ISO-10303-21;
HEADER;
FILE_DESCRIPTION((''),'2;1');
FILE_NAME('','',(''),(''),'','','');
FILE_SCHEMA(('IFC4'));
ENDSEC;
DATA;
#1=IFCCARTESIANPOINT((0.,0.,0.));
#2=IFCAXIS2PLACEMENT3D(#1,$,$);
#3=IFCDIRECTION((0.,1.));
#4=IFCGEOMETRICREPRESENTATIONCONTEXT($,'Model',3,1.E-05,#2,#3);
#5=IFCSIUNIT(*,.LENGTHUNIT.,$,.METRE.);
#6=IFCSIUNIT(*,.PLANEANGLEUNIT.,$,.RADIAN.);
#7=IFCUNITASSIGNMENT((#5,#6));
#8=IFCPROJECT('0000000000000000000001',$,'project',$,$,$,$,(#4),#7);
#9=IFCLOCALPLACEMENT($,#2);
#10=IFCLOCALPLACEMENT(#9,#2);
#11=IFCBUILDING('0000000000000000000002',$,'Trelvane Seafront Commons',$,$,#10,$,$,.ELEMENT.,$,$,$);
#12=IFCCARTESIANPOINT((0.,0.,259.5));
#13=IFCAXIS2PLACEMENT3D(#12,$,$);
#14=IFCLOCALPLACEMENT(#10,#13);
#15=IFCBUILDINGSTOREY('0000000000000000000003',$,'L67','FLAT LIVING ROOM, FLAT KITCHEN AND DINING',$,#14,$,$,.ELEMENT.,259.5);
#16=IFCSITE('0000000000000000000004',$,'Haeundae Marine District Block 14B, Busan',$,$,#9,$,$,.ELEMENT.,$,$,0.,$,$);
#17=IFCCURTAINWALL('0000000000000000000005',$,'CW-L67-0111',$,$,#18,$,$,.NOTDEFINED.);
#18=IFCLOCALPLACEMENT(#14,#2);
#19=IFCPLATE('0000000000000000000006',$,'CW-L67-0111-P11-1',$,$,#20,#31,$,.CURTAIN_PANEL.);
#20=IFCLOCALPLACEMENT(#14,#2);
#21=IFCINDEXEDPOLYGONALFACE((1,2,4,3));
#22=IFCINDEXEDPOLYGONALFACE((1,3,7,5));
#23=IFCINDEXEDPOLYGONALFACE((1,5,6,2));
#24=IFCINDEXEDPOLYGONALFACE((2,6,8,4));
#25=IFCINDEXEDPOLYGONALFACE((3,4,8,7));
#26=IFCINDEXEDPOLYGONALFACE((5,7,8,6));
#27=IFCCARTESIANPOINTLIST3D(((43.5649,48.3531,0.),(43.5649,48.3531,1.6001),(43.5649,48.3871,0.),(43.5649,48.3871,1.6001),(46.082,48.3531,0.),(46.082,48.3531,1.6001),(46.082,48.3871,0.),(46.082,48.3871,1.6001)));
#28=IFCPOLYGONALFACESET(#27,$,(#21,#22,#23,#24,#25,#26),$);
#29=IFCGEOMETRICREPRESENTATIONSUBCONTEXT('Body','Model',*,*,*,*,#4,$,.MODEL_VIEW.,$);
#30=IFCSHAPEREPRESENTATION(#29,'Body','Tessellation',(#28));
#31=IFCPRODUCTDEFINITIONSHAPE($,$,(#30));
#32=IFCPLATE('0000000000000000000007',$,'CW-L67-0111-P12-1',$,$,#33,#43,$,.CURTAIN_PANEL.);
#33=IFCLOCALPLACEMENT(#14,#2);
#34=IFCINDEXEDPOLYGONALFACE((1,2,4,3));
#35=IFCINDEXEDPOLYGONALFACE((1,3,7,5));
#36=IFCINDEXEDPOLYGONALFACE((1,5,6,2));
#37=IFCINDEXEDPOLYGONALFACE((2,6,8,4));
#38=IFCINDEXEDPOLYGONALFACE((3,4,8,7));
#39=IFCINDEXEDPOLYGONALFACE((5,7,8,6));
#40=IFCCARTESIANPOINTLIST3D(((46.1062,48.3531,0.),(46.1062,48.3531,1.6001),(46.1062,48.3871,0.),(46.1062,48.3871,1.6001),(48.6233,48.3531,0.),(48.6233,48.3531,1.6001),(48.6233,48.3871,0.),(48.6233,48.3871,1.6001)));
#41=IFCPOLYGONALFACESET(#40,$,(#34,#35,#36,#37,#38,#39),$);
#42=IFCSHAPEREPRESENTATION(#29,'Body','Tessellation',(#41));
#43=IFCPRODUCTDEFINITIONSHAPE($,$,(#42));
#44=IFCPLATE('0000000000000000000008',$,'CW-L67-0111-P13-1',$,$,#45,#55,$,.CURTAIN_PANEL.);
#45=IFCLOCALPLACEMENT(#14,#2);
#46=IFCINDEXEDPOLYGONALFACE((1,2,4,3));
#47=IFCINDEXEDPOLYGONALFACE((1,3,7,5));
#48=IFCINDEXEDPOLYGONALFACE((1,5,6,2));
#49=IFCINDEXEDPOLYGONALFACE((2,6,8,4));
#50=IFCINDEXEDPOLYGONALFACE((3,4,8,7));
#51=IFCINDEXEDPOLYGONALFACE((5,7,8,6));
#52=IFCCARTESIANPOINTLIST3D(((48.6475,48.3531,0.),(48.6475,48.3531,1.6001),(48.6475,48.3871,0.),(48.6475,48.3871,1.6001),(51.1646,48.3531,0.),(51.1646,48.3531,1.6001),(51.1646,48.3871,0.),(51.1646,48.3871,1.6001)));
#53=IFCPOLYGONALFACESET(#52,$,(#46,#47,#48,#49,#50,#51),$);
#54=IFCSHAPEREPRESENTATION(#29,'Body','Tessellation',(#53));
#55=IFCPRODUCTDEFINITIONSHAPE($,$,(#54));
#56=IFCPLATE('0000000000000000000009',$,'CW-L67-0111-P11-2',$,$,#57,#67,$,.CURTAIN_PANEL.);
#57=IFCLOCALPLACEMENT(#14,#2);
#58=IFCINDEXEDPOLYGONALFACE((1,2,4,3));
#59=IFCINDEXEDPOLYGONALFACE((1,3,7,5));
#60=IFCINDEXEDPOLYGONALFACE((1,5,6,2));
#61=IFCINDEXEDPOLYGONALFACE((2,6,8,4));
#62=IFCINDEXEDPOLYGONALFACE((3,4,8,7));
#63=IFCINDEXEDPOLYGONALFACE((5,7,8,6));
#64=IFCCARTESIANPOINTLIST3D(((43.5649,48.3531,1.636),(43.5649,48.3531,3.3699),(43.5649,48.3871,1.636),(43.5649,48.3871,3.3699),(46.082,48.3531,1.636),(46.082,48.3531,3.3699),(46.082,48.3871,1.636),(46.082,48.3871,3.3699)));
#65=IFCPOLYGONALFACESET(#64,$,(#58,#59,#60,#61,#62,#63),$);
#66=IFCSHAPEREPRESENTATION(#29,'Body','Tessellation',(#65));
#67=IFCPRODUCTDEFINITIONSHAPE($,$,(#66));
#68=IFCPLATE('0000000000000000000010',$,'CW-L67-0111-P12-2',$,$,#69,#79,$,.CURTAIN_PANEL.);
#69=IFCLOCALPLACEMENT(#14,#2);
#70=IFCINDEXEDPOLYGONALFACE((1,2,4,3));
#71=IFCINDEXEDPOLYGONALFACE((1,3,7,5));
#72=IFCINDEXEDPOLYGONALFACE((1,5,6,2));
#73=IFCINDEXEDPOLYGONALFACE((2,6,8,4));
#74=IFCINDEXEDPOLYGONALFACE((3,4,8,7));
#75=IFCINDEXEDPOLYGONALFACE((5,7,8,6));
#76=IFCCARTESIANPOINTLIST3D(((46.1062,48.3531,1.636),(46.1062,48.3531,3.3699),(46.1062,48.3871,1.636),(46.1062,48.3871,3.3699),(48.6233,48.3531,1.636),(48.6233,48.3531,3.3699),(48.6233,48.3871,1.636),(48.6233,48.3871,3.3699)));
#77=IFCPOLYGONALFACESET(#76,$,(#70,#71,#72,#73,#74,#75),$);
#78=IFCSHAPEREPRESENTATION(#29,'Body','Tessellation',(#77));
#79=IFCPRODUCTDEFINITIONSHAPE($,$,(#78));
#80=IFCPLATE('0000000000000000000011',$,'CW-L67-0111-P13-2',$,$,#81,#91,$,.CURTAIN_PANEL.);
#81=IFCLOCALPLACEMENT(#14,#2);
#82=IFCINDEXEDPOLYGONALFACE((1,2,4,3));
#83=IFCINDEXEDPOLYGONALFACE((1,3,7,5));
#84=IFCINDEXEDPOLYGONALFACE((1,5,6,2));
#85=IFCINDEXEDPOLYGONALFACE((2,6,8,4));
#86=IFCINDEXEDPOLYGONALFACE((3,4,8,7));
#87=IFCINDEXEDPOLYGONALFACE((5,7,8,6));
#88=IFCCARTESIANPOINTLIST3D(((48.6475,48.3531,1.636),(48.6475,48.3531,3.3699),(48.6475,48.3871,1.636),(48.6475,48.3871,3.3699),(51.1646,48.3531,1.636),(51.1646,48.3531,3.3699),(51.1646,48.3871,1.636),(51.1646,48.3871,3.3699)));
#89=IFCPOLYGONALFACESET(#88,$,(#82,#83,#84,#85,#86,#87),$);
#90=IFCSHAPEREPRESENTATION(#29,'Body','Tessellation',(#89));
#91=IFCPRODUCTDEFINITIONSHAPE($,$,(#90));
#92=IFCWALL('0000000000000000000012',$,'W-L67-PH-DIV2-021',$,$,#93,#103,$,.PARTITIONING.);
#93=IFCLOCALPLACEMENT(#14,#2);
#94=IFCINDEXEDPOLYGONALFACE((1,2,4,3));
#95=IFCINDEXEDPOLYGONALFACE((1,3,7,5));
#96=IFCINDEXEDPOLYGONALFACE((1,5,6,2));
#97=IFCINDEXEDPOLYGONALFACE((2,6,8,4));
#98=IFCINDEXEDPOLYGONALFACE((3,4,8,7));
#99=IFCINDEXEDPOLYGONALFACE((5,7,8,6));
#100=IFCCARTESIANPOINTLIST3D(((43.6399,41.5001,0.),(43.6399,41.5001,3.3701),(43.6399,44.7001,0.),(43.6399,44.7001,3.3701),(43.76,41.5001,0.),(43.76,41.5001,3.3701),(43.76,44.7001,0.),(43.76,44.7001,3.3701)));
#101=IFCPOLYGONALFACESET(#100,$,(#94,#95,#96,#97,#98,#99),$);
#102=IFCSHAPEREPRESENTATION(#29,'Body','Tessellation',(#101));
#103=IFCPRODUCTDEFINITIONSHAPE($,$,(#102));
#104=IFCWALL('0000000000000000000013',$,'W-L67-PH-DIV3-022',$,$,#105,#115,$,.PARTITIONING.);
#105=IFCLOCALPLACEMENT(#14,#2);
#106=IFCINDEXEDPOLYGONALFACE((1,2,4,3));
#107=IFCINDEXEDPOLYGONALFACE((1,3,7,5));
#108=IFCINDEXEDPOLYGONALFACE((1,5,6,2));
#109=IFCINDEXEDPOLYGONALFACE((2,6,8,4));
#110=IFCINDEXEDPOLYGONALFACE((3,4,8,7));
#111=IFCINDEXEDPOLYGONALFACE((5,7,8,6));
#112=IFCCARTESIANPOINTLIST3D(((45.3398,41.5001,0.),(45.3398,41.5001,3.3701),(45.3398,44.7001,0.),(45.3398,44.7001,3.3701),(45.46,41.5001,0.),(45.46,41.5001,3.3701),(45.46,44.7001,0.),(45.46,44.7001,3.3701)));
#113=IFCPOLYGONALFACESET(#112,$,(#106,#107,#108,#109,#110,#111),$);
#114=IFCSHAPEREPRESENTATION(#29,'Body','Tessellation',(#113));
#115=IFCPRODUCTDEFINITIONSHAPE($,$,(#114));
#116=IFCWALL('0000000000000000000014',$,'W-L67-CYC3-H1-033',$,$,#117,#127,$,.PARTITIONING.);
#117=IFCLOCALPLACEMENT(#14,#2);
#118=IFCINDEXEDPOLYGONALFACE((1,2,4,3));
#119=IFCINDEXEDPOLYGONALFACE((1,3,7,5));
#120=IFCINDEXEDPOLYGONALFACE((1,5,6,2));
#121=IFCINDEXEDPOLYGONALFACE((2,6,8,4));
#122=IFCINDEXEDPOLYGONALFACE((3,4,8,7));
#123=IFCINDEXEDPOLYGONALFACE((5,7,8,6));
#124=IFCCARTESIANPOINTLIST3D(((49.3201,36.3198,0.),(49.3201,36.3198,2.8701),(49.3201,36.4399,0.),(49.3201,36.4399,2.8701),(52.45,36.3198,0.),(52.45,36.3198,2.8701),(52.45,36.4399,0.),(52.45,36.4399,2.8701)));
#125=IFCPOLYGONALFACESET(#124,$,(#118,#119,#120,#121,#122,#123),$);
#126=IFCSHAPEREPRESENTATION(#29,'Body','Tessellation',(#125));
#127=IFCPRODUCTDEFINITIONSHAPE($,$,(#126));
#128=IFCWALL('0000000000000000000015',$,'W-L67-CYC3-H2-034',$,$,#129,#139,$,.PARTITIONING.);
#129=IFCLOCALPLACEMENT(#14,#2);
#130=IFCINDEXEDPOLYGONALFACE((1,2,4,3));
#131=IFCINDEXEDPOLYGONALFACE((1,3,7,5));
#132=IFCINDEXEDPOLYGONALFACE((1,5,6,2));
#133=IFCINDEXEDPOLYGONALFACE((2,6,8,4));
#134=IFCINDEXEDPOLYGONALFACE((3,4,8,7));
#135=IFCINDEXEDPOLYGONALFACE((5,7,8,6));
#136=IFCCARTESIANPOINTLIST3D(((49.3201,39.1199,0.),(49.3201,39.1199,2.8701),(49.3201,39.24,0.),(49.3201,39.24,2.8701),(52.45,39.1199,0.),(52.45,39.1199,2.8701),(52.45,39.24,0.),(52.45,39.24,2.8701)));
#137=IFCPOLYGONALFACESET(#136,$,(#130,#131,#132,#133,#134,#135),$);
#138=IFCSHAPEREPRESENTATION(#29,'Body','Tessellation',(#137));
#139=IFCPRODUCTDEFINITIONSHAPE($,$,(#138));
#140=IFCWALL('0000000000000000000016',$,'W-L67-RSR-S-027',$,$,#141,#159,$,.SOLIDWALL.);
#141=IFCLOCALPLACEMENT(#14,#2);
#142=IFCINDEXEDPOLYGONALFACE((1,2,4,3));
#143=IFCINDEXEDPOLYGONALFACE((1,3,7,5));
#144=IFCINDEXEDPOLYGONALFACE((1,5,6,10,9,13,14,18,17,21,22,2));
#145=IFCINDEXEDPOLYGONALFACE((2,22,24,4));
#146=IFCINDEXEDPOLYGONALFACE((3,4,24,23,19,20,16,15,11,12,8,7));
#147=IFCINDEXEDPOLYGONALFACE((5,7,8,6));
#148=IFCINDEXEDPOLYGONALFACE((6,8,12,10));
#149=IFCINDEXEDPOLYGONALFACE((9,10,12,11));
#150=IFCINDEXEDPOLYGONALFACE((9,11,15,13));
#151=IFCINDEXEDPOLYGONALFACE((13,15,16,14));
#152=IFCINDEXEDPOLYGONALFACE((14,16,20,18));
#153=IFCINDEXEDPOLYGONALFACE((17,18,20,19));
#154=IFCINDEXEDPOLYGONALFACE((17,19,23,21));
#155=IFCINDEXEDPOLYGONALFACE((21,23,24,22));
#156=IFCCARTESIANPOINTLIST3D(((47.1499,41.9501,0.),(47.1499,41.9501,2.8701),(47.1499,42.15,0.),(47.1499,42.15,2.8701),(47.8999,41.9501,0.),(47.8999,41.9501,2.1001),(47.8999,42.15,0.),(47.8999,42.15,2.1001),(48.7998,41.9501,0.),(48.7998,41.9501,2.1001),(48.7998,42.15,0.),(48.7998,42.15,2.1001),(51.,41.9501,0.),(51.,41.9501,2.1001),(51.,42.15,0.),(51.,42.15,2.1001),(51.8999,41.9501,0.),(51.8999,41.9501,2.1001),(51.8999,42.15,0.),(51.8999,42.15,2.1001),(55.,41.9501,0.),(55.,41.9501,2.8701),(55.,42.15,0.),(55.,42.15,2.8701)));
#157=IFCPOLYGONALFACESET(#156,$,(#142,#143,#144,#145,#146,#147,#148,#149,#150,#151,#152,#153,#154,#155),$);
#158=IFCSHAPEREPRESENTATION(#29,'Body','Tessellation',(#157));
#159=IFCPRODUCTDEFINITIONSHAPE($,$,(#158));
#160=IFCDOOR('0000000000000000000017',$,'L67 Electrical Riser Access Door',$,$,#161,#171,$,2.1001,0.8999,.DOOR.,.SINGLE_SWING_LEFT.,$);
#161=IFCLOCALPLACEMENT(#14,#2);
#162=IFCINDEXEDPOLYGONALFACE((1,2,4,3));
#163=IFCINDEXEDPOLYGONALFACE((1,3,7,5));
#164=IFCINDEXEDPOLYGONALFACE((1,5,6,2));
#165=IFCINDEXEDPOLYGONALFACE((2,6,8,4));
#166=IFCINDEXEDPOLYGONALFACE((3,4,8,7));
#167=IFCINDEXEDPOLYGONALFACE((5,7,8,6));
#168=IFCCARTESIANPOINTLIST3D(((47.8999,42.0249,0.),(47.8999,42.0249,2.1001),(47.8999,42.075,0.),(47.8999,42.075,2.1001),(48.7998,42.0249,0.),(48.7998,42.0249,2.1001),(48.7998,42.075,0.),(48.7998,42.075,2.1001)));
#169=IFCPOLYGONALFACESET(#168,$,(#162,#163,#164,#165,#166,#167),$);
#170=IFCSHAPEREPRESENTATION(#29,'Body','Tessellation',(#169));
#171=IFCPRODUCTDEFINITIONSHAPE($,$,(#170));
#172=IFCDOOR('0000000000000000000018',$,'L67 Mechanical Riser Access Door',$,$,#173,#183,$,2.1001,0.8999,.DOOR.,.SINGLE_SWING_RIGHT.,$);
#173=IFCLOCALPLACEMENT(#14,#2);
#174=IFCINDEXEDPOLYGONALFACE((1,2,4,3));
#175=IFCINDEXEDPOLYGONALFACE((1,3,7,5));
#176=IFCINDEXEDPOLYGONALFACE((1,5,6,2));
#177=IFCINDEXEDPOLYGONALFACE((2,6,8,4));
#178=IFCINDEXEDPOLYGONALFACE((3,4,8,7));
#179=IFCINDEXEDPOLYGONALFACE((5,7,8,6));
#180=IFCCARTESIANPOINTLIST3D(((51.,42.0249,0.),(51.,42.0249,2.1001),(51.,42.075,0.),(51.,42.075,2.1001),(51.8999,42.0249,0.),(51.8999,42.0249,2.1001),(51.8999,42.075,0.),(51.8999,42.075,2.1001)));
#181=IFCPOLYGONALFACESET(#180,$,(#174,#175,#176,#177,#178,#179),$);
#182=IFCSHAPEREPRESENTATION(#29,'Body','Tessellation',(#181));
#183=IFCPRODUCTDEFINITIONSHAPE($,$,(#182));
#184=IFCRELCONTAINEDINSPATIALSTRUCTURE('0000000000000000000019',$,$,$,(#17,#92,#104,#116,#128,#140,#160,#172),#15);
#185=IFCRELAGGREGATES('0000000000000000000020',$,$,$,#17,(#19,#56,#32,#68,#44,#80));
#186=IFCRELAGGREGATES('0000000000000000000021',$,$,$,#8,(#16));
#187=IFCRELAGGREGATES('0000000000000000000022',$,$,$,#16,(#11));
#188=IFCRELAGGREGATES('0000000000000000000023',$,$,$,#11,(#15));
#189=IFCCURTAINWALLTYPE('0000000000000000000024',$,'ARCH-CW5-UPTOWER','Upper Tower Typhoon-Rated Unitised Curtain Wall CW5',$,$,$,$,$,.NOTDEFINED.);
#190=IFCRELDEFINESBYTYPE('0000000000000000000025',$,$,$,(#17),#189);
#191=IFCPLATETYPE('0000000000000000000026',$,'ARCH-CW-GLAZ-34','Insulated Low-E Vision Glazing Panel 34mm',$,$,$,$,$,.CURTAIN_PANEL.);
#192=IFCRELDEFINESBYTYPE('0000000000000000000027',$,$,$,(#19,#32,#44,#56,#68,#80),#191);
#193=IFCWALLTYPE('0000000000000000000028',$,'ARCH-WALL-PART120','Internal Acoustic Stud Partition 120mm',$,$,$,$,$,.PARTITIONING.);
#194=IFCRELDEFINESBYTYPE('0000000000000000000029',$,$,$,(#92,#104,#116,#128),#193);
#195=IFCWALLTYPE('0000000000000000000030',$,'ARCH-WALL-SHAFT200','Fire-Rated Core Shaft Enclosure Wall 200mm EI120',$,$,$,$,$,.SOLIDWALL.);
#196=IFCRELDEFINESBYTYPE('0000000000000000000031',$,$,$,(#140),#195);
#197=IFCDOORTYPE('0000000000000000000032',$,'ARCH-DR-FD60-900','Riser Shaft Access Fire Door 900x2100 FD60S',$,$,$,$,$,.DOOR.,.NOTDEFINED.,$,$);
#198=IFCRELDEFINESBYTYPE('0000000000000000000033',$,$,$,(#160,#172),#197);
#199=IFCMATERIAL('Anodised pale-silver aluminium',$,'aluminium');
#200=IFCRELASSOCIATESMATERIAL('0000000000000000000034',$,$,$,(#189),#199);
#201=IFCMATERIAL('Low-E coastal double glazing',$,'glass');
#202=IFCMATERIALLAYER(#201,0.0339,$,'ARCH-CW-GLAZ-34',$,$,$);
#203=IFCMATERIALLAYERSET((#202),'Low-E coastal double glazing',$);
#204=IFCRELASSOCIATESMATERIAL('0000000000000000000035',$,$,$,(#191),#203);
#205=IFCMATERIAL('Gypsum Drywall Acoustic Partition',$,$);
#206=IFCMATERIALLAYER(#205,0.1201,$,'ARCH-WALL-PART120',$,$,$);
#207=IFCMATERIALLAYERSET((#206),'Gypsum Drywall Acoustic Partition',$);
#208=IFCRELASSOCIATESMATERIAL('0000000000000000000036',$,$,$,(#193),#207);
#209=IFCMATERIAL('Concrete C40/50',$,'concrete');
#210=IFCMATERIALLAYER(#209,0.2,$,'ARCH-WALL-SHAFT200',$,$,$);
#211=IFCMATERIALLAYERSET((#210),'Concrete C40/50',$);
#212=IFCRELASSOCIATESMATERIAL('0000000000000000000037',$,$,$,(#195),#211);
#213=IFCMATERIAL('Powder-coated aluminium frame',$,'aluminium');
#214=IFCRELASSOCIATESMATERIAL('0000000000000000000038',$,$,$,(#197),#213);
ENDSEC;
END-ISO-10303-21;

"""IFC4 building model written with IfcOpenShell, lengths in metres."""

from ifc_helpers import new_model, si_unit, direction, frame, frame_2d, origin, origin_2d, place, context, subcontext, project, spatial, rectangle, extrude, source, transform, mapped, material, layer, layer_set, type_object, element, fill, aggregate, save


model = new_model("IFC4")

# Units and contexts
model_context = context("Model", 3, precision=1e-05, world=origin(), true_north=direction((0.0, 1.0)))
body_context = subcontext(model_context, "Body", "Model", "MODEL_VIEW")
ifc_project = project(units=[si_unit("LENGTHUNIT", "METRE"), si_unit("PLANEANGLEUNIT", "RADIAN")], contexts=[model_context])

# Site, building, storey
site_placement = place(None, origin())
site = spatial("IfcSite", under=ifc_project, at=site_placement, Name="Haeundae Marine District Block 14B, Busan", CompositionType="ELEMENT", RefElevation=0.0)
building_placement = place(site_placement, origin())
building = spatial("IfcBuilding", under=site, at=building_placement, Name="Trelvane Seafront Commons", CompositionType="ELEMENT")
storey_placement = place(building_placement, frame((0.0, 0.0, 259.5)))
storey = spatial("IfcBuildingStorey", under=building, at=storey_placement, Name="L67", Description="FLAT LIVING ROOM, FLAT KITCHEN AND DINING", CompositionType="ELEMENT", Elevation=259.5)

# Curtain wall
ifc_material_1 = material(Name="Anodised pale-silver aluminium", Category="aluminium")
curtain_wall_type = type_object("IfcCurtainWallType", Name="ARCH-CW5-UPTOWER", Description="Upper Tower Typhoon-Rated Unitised Curtain Wall CW5", PredefinedType="NOTDEFINED", material=ifc_material_1)
curtain_wall_placement = place(storey_placement, origin())
curtain_wall = element("IfcCurtainWall", 1, at=curtain_wall_placement, inside=storey, type_object=curtain_wall_type, Name="CW-L67-0111", PredefinedType="NOTDEFINED")

# Plates
ifc_material_2 = material(Name="Low-E coastal double glazing", Category="glass")
ifc_layer_1 = layer(ifc_material_2, 0.0339, Name="ARCH-CW-GLAZ-34")
ifc_layer_set_1 = layer_set([ifc_layer_1], Name="Low-E coastal double glazing")
plate_type_1 = type_object("IfcPlateType", Name="ARCH-CW-GLAZ-34", Description="Insulated Low-E Vision Glazing Panel 34mm", PredefinedType="CURTAIN_PANEL", material=ifc_layer_set_1)
shared_shape_1 = source(origin(), body_context, "Body", "SweptSolid", [
    extrude(rectangle(XDim=2.5171, YDim=0.0339, at=origin_2d()), origin(), (0.0, 0.0, 1.0), 1.6001),
])
plate_1_placement = place(storey_placement, frame((44.8235, 48.3701, 0.0), z_axis=(0.0, 0.0, 1.0), x_axis=(1.0, 0.0, 0.0)))
plate_1 = element("IfcPlate", 2, at=plate_1_placement, type_object=plate_type_1, Name="CW-L67-0111-P11-1", PredefinedType="CURTAIN_PANEL", context=body_context, shape_type="MappedRepresentation", body=[
    mapped(shared_shape_1, transform((0.0, 0.0, 0.0), x_axis=(1.0, 0.0, 0.0), y_axis=(0.0, 1.0, 0.0), z_axis=(0.0, 0.0, 1.0), scale=1.0)),
])
plate_2_placement = place(storey_placement, frame((47.3647, 48.3701, 0.0), z_axis=(0.0, 0.0, 1.0), x_axis=(1.0, 0.0, 0.0)))
plate_2 = element("IfcPlate", 3, at=plate_2_placement, type_object=plate_type_1, Name="CW-L67-0111-P12-1", PredefinedType="CURTAIN_PANEL", context=body_context, shape_type="MappedRepresentation", body=[
    mapped(shared_shape_1, transform((0.0, 0.0, 0.0), x_axis=(1.0, 0.0, 0.0), y_axis=(0.0, 1.0, 0.0), z_axis=(0.0, 0.0, 1.0), scale=1.0)),
])
plate_3_placement = place(storey_placement, frame((49.906, 48.3701, 0.0), z_axis=(0.0, 0.0, 1.0), x_axis=(1.0, 0.0, 0.0)))
plate_3 = element("IfcPlate", 4, at=plate_3_placement, type_object=plate_type_1, Name="CW-L67-0111-P13-1", PredefinedType="CURTAIN_PANEL", context=body_context, shape_type="MappedRepresentation", body=[
    mapped(shared_shape_1, transform((0.0, 0.0, 0.0), x_axis=(1.0, 0.0, 0.0), y_axis=(0.0, 1.0, 0.0), z_axis=(0.0, 0.0, 1.0), scale=1.0)),
])
shared_shape_2 = source(origin(), body_context, "Body", "SweptSolid", [
    extrude(rectangle(XDim=2.5171, YDim=0.0339, at=origin_2d()), origin(), (0.0, 0.0, 1.0), 1.7339),
])
plate_4_placement = place(storey_placement, frame((44.8235, 48.3701, 1.636), z_axis=(0.0, 0.0, 1.0), x_axis=(1.0, 0.0, 0.0)))
plate_4 = element("IfcPlate", 5, at=plate_4_placement, type_object=plate_type_1, Name="CW-L67-0111-P11-2", PredefinedType="CURTAIN_PANEL", context=body_context, shape_type="MappedRepresentation", body=[
    mapped(shared_shape_2, transform((0.0, 0.0, 0.0), x_axis=(1.0, 0.0, 0.0), y_axis=(0.0, 1.0, 0.0), z_axis=(0.0, 0.0, 1.0), scale=1.0)),
])
plate_5_placement = place(storey_placement, frame((47.3647, 48.3701, 1.636), z_axis=(0.0, 0.0, 1.0), x_axis=(1.0, 0.0, 0.0)))
plate_5 = element("IfcPlate", 6, at=plate_5_placement, type_object=plate_type_1, Name="CW-L67-0111-P12-2", PredefinedType="CURTAIN_PANEL", context=body_context, shape_type="MappedRepresentation", body=[
    mapped(shared_shape_2, transform((0.0, 0.0, 0.0), x_axis=(1.0, 0.0, 0.0), y_axis=(0.0, 1.0, 0.0), z_axis=(0.0, 0.0, 1.0), scale=1.0)),
])
plate_6_placement = place(storey_placement, frame((49.906, 48.3701, 1.636), z_axis=(0.0, 0.0, 1.0), x_axis=(1.0, 0.0, 0.0)))
plate_6 = element("IfcPlate", 7, at=plate_6_placement, type_object=plate_type_1, Name="CW-L67-0111-P13-2", PredefinedType="CURTAIN_PANEL", context=body_context, shape_type="MappedRepresentation", body=[
    mapped(shared_shape_2, transform((0.0, 0.0, 0.0), x_axis=(1.0, 0.0, 0.0), y_axis=(0.0, 1.0, 0.0), z_axis=(0.0, 0.0, 1.0), scale=1.0)),
])
aggregate(curtain_wall, [plate_1, plate_4, plate_2, plate_5, plate_3, plate_6])

# Walls
ifc_material_3 = material(Name="Gypsum Drywall Acoustic Partition")
ifc_layer_2 = layer(ifc_material_3, 0.1201, Name="ARCH-WALL-PART120")
ifc_layer_set_2 = layer_set([ifc_layer_2], Name="Gypsum Drywall Acoustic Partition")
wall_type_1 = type_object("IfcWallType", Name="ARCH-WALL-PART120", Description="Internal Acoustic Stud Partition 120mm", PredefinedType="PARTITIONING", material=ifc_layer_set_2)
for number, where, z_axis, x_axis, name in (
    (8, (43.7, 41.5, 0.0), (0.0, 0.0, 1.0), (0.0, 1.0, 0.0), "W-L67-PH-DIV2-021"),
    (9, (45.3999, 41.5, 0.0), (0.0, 0.0, 1.0), (0.0, 1.0, 0.0), "W-L67-PH-DIV3-022"),
):
    element("IfcWall", number, at=place(storey_placement, frame(where, z_axis=z_axis, x_axis=x_axis)), inside=storey, type_object=wall_type_1, Name=name, PredefinedType="PARTITIONING", context=body_context, shape_type="SweptSolid", body=[
        extrude(rectangle(XDim=3.2, YDim=0.1201, at=frame_2d((1.6001, 0.0))), origin(), (0.0, 0.0, 1.0), 3.3701),
    ])
for number, where, z_axis, x_axis, name in (
    (10, (49.3201, 36.3799, 0.0), (0.0, 0.0, 1.0), (1.0, 0.0, 0.0), "W-L67-CYC3-H1-033"),
    (11, (49.3201, 39.1799, 0.0), (0.0, 0.0, 1.0), (1.0, 0.0, 0.0), "W-L67-CYC3-H2-034"),
):
    element("IfcWall", number, at=place(storey_placement, frame(where, z_axis=z_axis, x_axis=x_axis)), inside=storey, type_object=wall_type_1, Name=name, PredefinedType="PARTITIONING", context=body_context, shape_type="SweptSolid", body=[
        extrude(rectangle(XDim=3.1299, YDim=0.1201, at=frame_2d((1.5649, 0.0))), origin(), (0.0, 0.0, 1.0), 2.8701),
    ])

# Wall, openings, doors
ifc_material_4 = material(Name="Concrete C40/50", Category="concrete")
ifc_layer_3 = layer(ifc_material_4, 0.2, Name="ARCH-WALL-SHAFT200")
ifc_layer_set_3 = layer_set([ifc_layer_3], Name="Concrete C40/50")
wall_type_2 = type_object("IfcWallType", Name="ARCH-WALL-SHAFT200", Description="Fire-Rated Core Shaft Enclosure Wall 200mm EI120", PredefinedType="SOLIDWALL", material=ifc_layer_set_3)
wall_1_placement = place(storey_placement, frame((47.1499, 42.05, 0.0), z_axis=(0.0, 0.0, 1.0), x_axis=(1.0, 0.0, 0.0)))
wall_1 = element("IfcWall", 12, at=wall_1_placement, inside=storey, type_object=wall_type_2, Name="W-L67-RSR-S-027", PredefinedType="SOLIDWALL", context=body_context, shape_type="SweptSolid", body=[
    extrude(rectangle(XDim=7.8501, YDim=0.2, at=frame_2d((3.925, 0.0))), origin(), (0.0, 0.0, 1.0), 2.8701),
])
opening_1_placement = place(wall_1_placement, frame((0.75, 0.0, 0.0)))
opening_1 = element("IfcOpeningElement", 13, at=opening_1_placement, cuts=wall_1, PredefinedType="OPENING", context=body_context, shape_type="SweptSolid", body=[
    extrude(rectangle(XDim=0.8999, YDim=2.1001, at=frame_2d((0.45, 1.05))), frame((0.0, 0.1099, 0.0), z_axis=(0.0, -1.0, 0.0), x_axis=(1.0, 0.0, 0.0)), (0.0, 0.0, 1.0), 0.22),
])
opening_2_placement = place(wall_1_placement, frame((3.8501, 0.0, 0.0)))
opening_2 = element("IfcOpeningElement", 14, at=opening_2_placement, cuts=wall_1, PredefinedType="OPENING", context=body_context, shape_type="SweptSolid", body=[
    extrude(rectangle(XDim=0.8999, YDim=2.1001, at=frame_2d((0.45, 1.05))), frame((0.0, 0.1099, 0.0), z_axis=(0.0, -1.0, 0.0), x_axis=(1.0, 0.0, 0.0)), (0.0, 0.0, 1.0), 0.22),
])
ifc_material_5 = material(Name="Powder-coated aluminium frame", Category="aluminium")
door_type = type_object("IfcDoorType", Name="ARCH-DR-FD60-900", Description="Riser Shaft Access Fire Door 900x2100 FD60S", OperationType="NOTDEFINED", PredefinedType="DOOR", material=ifc_material_5)
shared_shape_3 = source(origin(), body_context, "Body", "SweptSolid", [
    extrude(rectangle(XDim=0.8999, YDim=2.1001, at=frame_2d((0.45, 1.05))), frame((0.0, 0.0249, 0.0), z_axis=(0.0, -1.0, 0.0), x_axis=(1.0, 0.0, 0.0)), (0.0, 0.0, 1.0), 0.05),
])
door_1_placement = place(opening_1_placement, origin())
door_1 = element("IfcDoor", 15, at=door_1_placement, inside=storey, type_object=door_type, Name="L67 Electrical Riser Access Door", OperationType="SINGLE_SWING_LEFT", OverallHeight=2.1001, OverallWidth=0.8999, PredefinedType="DOOR", context=body_context, shape_type="MappedRepresentation", body=[
    mapped(shared_shape_3, transform((0.0, 0.0, 0.0), x_axis=(1.0, 0.0, 0.0), y_axis=(0.0, 1.0, 0.0), z_axis=(0.0, 0.0, 1.0), scale=1.0)),
])
fill(opening_1, door_1)
door_2_placement = place(opening_2_placement, origin())
door_2 = element("IfcDoor", 16, at=door_2_placement, inside=storey, type_object=door_type, Name="L67 Mechanical Riser Access Door", OperationType="SINGLE_SWING_RIGHT", OverallHeight=2.1001, OverallWidth=0.8999, PredefinedType="DOOR", context=body_context, shape_type="MappedRepresentation", body=[
    mapped(shared_shape_3, transform((0.0, 0.0, 0.0), x_axis=(1.0, 0.0, 0.0), y_axis=(0.0, 1.0, 0.0), z_axis=(0.0, 0.0, 1.0), scale=1.0)),
])
fill(opening_2, door_2)

save(model, "model.ifc")
